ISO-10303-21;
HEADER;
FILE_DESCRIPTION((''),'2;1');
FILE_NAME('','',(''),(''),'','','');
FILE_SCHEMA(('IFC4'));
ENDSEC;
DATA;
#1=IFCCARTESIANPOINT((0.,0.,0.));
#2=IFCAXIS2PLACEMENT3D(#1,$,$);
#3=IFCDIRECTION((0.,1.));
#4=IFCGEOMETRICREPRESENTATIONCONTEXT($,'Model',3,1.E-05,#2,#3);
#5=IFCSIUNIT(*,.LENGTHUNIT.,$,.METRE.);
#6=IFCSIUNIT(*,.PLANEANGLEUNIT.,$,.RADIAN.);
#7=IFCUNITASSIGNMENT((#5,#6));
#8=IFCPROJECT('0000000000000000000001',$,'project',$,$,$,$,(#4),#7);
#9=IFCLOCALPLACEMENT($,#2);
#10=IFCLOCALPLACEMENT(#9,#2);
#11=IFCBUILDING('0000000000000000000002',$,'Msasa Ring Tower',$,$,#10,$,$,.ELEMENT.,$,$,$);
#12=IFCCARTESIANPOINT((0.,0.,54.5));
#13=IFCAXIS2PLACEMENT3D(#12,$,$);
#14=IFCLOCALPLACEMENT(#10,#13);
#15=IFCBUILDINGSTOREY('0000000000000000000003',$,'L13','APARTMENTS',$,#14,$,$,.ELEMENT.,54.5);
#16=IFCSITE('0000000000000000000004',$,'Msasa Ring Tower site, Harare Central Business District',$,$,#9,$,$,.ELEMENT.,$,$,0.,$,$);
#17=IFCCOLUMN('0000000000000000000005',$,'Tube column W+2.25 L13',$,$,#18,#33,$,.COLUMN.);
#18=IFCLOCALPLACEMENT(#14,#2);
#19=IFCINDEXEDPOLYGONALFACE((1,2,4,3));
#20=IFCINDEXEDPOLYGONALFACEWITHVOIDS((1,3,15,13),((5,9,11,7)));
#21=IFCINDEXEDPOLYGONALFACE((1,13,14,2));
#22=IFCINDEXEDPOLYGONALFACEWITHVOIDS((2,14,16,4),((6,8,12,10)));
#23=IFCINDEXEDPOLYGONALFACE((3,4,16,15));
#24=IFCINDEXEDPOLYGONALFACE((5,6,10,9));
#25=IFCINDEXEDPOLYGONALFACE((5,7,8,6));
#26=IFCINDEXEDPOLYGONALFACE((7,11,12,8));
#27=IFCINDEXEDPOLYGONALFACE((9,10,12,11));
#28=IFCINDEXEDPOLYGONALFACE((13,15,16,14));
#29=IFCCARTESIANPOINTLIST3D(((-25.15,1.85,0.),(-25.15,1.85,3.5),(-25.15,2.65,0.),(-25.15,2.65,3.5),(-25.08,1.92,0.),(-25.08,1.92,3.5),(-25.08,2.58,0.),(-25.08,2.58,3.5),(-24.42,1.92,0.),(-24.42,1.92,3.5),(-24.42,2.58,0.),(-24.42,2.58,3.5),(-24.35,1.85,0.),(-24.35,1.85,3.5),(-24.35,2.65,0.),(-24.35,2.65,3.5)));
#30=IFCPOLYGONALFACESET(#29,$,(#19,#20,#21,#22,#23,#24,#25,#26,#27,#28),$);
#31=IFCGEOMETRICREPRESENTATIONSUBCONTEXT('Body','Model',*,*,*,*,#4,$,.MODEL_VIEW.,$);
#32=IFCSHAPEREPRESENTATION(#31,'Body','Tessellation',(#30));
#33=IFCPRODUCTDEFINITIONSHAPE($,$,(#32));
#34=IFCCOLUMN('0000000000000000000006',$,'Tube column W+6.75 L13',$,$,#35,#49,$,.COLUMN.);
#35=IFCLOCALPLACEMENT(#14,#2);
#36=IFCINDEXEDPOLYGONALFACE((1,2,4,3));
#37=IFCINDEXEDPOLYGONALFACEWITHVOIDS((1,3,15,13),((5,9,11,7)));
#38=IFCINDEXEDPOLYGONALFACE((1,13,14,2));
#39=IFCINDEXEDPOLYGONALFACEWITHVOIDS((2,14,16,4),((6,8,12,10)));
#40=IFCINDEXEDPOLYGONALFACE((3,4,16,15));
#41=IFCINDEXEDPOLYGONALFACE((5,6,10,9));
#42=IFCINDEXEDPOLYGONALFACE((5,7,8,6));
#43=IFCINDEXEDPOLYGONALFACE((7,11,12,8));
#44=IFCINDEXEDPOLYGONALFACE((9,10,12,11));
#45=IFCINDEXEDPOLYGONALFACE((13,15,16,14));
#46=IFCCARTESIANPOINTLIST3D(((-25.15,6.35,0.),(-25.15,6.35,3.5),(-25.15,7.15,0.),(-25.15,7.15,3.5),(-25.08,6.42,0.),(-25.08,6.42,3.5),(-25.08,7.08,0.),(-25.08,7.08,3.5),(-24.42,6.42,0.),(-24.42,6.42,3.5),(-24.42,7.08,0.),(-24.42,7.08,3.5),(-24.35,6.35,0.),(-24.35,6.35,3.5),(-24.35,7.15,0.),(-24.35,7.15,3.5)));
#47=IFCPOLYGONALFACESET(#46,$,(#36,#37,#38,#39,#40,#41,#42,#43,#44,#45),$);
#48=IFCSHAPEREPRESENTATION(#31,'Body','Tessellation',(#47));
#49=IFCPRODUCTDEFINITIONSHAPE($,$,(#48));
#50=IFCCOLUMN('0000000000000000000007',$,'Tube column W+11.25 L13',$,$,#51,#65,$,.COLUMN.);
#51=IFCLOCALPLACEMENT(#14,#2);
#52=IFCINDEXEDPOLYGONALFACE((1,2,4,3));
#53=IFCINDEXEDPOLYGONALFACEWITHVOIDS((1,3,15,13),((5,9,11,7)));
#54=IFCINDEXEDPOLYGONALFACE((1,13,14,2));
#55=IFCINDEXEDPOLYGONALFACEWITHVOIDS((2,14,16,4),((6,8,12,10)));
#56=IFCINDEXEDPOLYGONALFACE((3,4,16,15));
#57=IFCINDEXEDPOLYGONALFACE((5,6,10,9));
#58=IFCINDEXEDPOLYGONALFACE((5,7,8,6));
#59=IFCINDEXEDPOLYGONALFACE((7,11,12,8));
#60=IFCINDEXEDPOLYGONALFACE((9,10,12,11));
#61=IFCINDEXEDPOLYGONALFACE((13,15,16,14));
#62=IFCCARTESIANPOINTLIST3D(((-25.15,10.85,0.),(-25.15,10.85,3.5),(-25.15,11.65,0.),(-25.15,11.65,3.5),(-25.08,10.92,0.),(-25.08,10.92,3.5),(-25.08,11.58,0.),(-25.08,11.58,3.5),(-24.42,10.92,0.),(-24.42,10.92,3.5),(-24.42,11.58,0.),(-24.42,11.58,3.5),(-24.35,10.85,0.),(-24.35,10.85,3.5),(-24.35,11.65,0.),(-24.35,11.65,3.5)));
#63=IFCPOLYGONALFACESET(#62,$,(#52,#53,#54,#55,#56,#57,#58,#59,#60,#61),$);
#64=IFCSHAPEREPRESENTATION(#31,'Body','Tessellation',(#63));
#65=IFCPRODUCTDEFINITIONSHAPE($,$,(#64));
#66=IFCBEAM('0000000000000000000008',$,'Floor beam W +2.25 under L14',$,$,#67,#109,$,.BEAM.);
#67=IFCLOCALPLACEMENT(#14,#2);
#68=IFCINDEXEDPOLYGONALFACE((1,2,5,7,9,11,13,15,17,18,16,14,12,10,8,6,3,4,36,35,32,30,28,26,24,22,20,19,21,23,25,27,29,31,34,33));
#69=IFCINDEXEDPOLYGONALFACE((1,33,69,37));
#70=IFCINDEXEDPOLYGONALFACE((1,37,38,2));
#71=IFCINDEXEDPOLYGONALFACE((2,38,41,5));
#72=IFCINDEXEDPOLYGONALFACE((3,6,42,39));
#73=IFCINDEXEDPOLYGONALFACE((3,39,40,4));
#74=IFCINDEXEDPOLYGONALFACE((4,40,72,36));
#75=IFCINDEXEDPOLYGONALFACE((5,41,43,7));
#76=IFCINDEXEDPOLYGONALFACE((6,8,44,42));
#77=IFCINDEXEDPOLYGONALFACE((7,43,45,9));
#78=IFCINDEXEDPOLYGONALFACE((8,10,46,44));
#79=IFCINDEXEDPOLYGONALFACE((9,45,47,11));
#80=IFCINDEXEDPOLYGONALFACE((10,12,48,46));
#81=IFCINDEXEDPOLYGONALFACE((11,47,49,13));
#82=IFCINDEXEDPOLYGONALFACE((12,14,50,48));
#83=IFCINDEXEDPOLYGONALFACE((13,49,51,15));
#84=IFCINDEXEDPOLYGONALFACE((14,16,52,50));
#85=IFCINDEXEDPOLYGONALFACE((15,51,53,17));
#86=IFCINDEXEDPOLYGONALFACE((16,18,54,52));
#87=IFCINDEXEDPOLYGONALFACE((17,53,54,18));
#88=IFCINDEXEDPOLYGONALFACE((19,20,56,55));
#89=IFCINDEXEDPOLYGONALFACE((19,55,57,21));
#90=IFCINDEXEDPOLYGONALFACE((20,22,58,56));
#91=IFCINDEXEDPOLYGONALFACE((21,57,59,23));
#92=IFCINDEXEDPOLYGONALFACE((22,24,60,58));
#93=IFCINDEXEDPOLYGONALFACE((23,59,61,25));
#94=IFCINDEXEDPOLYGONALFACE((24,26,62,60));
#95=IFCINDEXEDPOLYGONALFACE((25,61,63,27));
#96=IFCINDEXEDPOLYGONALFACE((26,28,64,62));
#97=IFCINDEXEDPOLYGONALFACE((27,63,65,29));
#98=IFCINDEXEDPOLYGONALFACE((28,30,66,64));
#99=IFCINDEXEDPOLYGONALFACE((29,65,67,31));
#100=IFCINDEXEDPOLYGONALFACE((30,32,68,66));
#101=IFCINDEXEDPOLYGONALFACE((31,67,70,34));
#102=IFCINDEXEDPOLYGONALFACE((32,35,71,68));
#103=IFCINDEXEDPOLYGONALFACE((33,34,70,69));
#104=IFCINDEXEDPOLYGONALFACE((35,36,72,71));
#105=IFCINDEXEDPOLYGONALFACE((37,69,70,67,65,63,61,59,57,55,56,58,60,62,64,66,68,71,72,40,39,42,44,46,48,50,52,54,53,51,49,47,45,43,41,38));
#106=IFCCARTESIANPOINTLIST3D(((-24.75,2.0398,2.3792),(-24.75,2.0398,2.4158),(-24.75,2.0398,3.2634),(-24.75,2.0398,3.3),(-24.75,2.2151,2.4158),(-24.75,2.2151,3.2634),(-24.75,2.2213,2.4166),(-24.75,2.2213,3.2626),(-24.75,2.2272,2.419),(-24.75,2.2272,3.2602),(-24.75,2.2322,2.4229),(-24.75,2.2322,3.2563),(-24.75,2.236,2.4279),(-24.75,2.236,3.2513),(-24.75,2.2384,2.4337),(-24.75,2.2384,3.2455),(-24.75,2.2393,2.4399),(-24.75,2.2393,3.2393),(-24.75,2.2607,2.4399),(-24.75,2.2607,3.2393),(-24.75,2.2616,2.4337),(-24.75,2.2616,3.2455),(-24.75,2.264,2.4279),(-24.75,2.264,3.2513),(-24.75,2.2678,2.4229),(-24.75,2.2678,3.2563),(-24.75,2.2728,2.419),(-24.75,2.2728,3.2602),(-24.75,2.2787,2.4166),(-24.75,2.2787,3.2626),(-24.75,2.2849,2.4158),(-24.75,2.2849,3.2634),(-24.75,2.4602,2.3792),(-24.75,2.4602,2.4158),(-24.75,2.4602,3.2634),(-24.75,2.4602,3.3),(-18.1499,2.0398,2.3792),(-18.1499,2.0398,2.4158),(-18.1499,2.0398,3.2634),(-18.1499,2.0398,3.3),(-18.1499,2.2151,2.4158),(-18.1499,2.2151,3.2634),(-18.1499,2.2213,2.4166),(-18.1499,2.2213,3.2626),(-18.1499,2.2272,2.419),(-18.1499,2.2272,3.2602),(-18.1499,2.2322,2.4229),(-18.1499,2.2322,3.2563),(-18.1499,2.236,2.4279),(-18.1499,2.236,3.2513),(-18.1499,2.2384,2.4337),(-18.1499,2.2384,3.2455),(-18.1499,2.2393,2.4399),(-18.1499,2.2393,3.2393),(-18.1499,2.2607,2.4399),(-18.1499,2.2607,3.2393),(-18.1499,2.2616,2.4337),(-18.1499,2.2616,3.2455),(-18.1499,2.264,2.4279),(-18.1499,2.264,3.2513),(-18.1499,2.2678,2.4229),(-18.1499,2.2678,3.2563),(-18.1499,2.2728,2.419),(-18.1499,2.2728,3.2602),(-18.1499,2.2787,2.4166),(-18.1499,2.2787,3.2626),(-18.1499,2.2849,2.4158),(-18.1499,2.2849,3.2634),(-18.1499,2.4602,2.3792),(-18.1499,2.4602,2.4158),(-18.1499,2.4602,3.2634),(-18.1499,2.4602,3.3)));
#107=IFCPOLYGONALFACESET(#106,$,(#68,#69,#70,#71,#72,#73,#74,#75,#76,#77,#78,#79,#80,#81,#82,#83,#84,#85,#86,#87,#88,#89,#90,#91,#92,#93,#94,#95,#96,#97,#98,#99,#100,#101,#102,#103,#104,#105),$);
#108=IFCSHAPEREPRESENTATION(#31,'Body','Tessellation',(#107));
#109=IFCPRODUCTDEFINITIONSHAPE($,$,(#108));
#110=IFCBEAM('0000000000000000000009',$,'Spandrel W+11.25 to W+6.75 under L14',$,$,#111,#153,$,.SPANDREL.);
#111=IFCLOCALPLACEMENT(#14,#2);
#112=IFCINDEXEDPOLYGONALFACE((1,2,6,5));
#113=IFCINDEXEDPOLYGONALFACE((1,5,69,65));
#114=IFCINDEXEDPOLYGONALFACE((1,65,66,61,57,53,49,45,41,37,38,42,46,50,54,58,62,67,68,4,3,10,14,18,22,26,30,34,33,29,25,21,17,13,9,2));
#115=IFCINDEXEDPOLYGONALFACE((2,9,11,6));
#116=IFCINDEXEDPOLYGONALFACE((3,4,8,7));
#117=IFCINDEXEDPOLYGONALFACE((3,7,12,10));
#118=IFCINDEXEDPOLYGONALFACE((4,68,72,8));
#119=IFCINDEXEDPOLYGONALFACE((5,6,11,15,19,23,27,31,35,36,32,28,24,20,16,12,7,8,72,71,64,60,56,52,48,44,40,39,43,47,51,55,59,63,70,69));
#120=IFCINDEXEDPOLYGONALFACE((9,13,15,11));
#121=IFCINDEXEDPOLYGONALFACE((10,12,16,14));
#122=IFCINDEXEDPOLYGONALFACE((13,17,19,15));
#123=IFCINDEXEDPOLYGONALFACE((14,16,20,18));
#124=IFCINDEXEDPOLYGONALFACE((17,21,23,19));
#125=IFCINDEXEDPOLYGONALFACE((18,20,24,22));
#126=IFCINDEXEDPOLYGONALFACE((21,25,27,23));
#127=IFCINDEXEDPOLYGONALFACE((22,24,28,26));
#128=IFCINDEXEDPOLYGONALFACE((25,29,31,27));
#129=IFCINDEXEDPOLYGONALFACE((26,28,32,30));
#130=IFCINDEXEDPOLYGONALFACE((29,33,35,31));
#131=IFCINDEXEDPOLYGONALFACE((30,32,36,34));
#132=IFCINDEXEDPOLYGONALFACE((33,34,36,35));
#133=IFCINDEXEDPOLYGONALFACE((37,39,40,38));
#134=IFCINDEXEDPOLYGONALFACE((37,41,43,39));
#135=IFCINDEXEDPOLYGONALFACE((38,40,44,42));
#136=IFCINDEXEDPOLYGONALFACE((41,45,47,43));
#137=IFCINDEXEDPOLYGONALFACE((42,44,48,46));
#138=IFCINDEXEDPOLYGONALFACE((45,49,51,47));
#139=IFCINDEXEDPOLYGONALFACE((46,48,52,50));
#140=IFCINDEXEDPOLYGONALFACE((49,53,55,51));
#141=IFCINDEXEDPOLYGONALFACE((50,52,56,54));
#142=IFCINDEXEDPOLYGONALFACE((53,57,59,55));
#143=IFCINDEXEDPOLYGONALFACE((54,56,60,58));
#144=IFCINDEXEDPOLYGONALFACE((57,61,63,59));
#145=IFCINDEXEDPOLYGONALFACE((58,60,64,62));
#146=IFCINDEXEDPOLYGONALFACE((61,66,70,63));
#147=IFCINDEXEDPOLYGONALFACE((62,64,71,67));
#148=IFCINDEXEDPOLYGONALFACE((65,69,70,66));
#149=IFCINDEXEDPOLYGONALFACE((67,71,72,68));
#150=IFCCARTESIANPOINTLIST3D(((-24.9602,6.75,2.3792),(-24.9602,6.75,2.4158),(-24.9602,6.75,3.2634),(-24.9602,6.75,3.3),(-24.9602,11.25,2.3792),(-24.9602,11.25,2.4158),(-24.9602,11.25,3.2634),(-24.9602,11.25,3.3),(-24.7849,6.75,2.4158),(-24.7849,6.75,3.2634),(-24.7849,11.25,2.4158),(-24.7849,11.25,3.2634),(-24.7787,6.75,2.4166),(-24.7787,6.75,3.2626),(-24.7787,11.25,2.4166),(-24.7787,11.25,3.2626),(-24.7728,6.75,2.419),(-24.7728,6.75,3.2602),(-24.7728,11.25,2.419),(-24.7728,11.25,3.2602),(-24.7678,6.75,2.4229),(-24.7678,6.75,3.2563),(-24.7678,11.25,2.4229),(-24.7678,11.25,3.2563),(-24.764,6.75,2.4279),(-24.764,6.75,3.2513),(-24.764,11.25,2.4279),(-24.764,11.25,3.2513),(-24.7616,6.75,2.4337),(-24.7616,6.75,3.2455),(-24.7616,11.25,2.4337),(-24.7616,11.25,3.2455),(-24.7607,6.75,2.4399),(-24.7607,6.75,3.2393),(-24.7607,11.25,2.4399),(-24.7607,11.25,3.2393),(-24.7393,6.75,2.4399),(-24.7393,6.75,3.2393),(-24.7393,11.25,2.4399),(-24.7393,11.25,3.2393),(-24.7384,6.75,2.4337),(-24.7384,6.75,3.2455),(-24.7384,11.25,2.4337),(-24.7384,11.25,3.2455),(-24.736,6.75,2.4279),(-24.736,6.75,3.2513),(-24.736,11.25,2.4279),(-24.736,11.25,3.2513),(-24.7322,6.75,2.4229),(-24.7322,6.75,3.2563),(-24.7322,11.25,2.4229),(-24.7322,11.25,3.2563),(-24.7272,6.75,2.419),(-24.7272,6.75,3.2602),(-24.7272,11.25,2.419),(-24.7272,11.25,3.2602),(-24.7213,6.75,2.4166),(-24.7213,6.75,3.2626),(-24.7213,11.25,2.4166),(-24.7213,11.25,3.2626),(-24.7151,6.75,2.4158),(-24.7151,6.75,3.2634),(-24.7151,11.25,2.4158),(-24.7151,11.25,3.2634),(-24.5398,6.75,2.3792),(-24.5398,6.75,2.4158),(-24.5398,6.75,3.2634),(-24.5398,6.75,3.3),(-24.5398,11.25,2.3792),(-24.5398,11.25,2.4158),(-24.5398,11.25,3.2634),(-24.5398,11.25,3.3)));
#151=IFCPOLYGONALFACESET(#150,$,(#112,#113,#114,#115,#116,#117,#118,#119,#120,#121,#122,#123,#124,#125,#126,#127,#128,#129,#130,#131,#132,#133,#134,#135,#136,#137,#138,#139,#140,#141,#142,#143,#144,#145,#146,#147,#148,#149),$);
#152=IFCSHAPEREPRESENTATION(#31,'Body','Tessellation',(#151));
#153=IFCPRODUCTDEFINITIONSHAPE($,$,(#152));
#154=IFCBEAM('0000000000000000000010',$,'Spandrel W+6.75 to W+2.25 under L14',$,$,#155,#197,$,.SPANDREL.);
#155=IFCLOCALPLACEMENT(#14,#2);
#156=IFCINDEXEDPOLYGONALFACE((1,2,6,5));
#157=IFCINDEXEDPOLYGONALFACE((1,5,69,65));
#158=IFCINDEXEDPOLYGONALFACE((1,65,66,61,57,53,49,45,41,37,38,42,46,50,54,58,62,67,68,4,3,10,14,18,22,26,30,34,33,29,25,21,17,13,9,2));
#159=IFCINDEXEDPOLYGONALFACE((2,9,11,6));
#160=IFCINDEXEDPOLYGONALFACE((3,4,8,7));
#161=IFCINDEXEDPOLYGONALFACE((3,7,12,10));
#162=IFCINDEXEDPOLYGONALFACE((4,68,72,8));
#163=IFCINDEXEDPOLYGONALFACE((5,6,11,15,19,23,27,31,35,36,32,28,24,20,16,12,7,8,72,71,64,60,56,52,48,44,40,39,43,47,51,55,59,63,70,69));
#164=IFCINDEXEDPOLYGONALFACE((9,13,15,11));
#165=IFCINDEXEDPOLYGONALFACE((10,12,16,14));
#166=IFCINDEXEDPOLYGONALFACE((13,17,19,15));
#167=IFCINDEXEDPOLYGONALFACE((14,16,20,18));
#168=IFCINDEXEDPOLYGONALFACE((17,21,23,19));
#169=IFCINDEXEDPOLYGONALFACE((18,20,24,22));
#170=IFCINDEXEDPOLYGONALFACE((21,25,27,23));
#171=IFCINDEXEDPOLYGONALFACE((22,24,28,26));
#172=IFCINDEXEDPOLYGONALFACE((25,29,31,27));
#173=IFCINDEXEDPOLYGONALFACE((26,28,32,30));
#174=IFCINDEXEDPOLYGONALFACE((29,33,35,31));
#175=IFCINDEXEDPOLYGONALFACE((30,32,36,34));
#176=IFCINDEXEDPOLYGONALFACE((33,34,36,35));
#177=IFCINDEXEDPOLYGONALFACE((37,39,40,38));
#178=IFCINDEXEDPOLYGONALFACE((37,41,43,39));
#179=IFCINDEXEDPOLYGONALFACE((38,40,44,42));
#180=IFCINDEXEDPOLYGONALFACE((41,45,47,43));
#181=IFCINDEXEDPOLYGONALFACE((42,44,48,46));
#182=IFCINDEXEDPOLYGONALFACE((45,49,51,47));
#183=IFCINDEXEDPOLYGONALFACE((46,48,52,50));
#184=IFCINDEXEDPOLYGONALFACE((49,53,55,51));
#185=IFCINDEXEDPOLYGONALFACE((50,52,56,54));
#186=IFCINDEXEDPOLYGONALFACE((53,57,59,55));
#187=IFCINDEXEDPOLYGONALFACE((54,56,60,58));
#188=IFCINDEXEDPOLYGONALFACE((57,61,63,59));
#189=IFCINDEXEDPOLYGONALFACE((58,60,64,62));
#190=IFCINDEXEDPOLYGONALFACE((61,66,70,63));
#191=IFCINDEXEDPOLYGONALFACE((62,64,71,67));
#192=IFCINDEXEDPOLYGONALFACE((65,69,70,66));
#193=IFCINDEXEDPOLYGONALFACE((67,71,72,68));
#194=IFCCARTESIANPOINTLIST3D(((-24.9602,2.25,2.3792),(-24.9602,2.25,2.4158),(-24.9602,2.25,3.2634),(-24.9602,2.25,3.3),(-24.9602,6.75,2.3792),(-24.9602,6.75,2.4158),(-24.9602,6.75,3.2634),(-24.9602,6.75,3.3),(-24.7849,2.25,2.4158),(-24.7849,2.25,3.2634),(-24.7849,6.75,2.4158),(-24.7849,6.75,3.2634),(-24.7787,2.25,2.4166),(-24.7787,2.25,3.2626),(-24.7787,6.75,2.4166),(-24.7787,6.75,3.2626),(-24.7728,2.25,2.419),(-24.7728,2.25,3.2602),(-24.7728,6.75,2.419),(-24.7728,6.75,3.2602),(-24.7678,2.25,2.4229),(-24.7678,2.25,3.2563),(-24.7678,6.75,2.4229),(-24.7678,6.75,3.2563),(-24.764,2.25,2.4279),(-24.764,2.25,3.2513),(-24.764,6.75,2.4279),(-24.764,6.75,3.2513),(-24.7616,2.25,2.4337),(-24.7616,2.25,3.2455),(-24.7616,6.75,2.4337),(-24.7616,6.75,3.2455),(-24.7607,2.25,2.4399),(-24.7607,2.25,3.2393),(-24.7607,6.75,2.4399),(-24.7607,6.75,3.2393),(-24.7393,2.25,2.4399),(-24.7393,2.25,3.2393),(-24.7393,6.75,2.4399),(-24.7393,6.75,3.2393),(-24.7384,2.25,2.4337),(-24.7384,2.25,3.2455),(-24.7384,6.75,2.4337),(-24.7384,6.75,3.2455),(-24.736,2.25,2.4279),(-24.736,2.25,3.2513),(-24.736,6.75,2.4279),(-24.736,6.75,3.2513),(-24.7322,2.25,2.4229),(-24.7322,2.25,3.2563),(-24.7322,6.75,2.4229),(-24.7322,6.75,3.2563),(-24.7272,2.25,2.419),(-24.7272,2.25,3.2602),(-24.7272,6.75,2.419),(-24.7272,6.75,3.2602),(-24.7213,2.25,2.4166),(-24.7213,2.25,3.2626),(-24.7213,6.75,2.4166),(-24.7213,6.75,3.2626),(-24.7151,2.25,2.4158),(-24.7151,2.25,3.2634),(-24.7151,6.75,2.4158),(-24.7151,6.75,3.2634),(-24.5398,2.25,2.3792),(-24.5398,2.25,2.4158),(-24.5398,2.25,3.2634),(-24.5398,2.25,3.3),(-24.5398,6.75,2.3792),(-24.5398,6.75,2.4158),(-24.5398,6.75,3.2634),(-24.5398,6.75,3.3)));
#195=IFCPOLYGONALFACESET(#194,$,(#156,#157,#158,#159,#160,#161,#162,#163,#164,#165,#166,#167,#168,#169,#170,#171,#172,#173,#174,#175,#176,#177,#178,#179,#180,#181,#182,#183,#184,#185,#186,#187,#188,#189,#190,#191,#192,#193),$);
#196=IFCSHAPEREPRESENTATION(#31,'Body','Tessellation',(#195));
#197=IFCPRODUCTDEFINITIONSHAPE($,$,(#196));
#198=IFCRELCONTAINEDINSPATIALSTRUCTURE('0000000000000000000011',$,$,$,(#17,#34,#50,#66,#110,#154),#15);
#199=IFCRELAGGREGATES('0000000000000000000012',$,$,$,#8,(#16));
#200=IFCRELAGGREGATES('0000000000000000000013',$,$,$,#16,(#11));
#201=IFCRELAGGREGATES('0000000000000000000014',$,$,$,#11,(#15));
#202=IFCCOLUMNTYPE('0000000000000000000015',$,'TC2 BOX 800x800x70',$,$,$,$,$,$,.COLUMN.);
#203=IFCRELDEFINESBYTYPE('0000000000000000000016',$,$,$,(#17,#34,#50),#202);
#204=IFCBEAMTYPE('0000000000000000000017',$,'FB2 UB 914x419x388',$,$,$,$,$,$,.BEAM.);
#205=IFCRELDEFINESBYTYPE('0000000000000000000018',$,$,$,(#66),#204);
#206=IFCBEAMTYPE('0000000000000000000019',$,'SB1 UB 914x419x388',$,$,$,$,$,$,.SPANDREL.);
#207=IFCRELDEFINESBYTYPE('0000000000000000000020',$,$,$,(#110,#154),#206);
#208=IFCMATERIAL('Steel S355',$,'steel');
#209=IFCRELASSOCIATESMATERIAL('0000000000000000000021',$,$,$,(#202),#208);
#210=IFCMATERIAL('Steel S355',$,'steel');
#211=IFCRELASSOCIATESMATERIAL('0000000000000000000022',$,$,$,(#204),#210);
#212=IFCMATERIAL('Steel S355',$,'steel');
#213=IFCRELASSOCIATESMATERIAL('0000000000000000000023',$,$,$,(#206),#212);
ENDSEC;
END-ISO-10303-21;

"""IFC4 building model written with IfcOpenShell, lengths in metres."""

from ifc_helpers import new_model, si_unit, direction, frame, origin, origin_2d, place, context, subcontext, project, spatial, hollow_rectangle, i_section, extrude, material, material_profile, profile_set, type_object, element, save


model = new_model("IFC4")

# Units and contexts
model_context = context("Model", 3, precision=1e-05, world=origin(), true_north=direction((0.0, 1.0)))
body_context = subcontext(model_context, "Body", "Model", "MODEL_VIEW")
ifc_project = project(units=[si_unit("LENGTHUNIT", "METRE"), si_unit("PLANEANGLEUNIT", "RADIAN")], contexts=[model_context])

# Site, building, storey
site_placement = place(None, origin())
site = spatial("IfcSite", under=ifc_project, at=site_placement, Name="Msasa Ring Tower site, Harare Central Business District", CompositionType="ELEMENT", RefElevation=0.0)
building_placement = place(site_placement, origin())
building = spatial("IfcBuilding", under=site, at=building_placement, Name="Msasa Ring Tower", CompositionType="ELEMENT")
storey_placement = place(building_placement, frame((0.0, 0.0, 54.5)))
storey = spatial("IfcBuildingStorey", under=building, at=storey_placement, Name="L13", Description="APARTMENTS", CompositionType="ELEMENT", Elevation=54.5)

# Columns
ifc_material_1 = material(Name="Steel S355", Category="steel")
ifc_material_profile_1 = material_profile(ifc_material_1, hollow_rectangle(XDim=0.8, YDim=0.8, WallThickness=0.0701, at=origin_2d()), Name="BOX 800x800x70")
ifc_profile_set_1 = profile_set([ifc_material_profile_1], Name="Steel S355")
column_type = type_object("IfcColumnType", Name="TC2 BOX 800x800x70", PredefinedType="COLUMN", material=ifc_profile_set_1)
for number, where, z_axis, x_axis, name in (
    (1, (-24.75, 2.25, 0.0), (0.0, 0.0, 1.0), (1.0, 0.0, 0.0), "Tube column W+2.25 L13"),
    (2, (-24.75, 6.75, 0.0), (0.0, 0.0, 1.0), (1.0, 0.0, 0.0), "Tube column W+6.75 L13"),
    (3, (-24.75, 11.25, 0.0), (0.0, 0.0, 1.0), (1.0, 0.0, 0.0), "Tube column W+11.25 L13"),
):
    element("IfcColumn", number, at=place(storey_placement, frame(where, z_axis=z_axis, x_axis=x_axis)), inside=storey, type_object=column_type, Name=name, PredefinedType="COLUMN", context=body_context, shape_type="SweptSolid", body=[
        extrude(hollow_rectangle(XDim=0.8, YDim=0.8, WallThickness=0.0701, at=origin_2d()), origin(), (0.0, 0.0, 1.0), 3.5),
    ])

# Beams
ifc_material_2 = material(Name="Steel S355", Category="steel")
ifc_material_profile_2 = material_profile(ifc_material_2, i_section(OverallWidth=0.4204, OverallDepth=0.9209, WebThickness=0.0215, FlangeThickness=0.0366, FilletRadius=0.0242, at=origin_2d()), Name="UB 914x419x388")
ifc_profile_set_2 = profile_set([ifc_material_profile_2], Name="Steel S355")
beam_type_1 = type_object("IfcBeamType", Name="FB2 UB 914x419x388", PredefinedType="BEAM", material=ifc_profile_set_2)
beam_placement = place(storey_placement, frame((-24.75, 2.25, 2.8396), z_axis=(1.0, 0.0, 0.0), x_axis=(0.0, 1.0, 0.0)))
element("IfcBeam", 4, at=beam_placement, inside=storey, type_object=beam_type_1, Name="Floor beam W +2.25 under L14", PredefinedType="BEAM", context=body_context, shape_type="SweptSolid", body=[
    extrude(i_section(OverallWidth=0.4204, OverallDepth=0.9209, WebThickness=0.0215, FlangeThickness=0.0366, FilletRadius=0.0242, at=origin_2d()), origin(), (0.0, 0.0, 1.0), 6.6001),
])
ifc_material_3 = material(Name="Steel S355", Category="steel")
ifc_material_profile_3 = material_profile(ifc_material_3, i_section(OverallWidth=0.4204, OverallDepth=0.9209, WebThickness=0.0215, FlangeThickness=0.0366, FilletRadius=0.0242, at=origin_2d()), Name="UB 914x419x388")
ifc_profile_set_3 = profile_set([ifc_material_profile_3], Name="Steel S355")
beam_type_2 = type_object("IfcBeamType", Name="SB1 UB 914x419x388", PredefinedType="SPANDREL", material=ifc_profile_set_3)
for number, where, z_axis, x_axis, name in (
    (5, (-24.75, 11.25, 2.8396), (0.0, -1.0, 0.0), (1.0, 0.0, 0.0), "Spandrel W+11.25 to W+6.75 under L14"),
    (6, (-24.75, 6.75, 2.8396), (0.0, -1.0, 0.0), (1.0, 0.0, 0.0), "Spandrel W+6.75 to W+2.25 under L14"),
):
    element("IfcBeam", number, at=place(storey_placement, frame(where, z_axis=z_axis, x_axis=x_axis)), inside=storey, type_object=beam_type_2, Name=name, PredefinedType="SPANDREL", context=body_context, shape_type="SweptSolid", body=[
        extrude(i_section(OverallWidth=0.4204, OverallDepth=0.9209, WebThickness=0.0215, FlangeThickness=0.0366, FilletRadius=0.0242, at=origin_2d()), origin(), (0.0, 0.0, 1.0), 4.5),
    ])

save(model, "model.ifc")
